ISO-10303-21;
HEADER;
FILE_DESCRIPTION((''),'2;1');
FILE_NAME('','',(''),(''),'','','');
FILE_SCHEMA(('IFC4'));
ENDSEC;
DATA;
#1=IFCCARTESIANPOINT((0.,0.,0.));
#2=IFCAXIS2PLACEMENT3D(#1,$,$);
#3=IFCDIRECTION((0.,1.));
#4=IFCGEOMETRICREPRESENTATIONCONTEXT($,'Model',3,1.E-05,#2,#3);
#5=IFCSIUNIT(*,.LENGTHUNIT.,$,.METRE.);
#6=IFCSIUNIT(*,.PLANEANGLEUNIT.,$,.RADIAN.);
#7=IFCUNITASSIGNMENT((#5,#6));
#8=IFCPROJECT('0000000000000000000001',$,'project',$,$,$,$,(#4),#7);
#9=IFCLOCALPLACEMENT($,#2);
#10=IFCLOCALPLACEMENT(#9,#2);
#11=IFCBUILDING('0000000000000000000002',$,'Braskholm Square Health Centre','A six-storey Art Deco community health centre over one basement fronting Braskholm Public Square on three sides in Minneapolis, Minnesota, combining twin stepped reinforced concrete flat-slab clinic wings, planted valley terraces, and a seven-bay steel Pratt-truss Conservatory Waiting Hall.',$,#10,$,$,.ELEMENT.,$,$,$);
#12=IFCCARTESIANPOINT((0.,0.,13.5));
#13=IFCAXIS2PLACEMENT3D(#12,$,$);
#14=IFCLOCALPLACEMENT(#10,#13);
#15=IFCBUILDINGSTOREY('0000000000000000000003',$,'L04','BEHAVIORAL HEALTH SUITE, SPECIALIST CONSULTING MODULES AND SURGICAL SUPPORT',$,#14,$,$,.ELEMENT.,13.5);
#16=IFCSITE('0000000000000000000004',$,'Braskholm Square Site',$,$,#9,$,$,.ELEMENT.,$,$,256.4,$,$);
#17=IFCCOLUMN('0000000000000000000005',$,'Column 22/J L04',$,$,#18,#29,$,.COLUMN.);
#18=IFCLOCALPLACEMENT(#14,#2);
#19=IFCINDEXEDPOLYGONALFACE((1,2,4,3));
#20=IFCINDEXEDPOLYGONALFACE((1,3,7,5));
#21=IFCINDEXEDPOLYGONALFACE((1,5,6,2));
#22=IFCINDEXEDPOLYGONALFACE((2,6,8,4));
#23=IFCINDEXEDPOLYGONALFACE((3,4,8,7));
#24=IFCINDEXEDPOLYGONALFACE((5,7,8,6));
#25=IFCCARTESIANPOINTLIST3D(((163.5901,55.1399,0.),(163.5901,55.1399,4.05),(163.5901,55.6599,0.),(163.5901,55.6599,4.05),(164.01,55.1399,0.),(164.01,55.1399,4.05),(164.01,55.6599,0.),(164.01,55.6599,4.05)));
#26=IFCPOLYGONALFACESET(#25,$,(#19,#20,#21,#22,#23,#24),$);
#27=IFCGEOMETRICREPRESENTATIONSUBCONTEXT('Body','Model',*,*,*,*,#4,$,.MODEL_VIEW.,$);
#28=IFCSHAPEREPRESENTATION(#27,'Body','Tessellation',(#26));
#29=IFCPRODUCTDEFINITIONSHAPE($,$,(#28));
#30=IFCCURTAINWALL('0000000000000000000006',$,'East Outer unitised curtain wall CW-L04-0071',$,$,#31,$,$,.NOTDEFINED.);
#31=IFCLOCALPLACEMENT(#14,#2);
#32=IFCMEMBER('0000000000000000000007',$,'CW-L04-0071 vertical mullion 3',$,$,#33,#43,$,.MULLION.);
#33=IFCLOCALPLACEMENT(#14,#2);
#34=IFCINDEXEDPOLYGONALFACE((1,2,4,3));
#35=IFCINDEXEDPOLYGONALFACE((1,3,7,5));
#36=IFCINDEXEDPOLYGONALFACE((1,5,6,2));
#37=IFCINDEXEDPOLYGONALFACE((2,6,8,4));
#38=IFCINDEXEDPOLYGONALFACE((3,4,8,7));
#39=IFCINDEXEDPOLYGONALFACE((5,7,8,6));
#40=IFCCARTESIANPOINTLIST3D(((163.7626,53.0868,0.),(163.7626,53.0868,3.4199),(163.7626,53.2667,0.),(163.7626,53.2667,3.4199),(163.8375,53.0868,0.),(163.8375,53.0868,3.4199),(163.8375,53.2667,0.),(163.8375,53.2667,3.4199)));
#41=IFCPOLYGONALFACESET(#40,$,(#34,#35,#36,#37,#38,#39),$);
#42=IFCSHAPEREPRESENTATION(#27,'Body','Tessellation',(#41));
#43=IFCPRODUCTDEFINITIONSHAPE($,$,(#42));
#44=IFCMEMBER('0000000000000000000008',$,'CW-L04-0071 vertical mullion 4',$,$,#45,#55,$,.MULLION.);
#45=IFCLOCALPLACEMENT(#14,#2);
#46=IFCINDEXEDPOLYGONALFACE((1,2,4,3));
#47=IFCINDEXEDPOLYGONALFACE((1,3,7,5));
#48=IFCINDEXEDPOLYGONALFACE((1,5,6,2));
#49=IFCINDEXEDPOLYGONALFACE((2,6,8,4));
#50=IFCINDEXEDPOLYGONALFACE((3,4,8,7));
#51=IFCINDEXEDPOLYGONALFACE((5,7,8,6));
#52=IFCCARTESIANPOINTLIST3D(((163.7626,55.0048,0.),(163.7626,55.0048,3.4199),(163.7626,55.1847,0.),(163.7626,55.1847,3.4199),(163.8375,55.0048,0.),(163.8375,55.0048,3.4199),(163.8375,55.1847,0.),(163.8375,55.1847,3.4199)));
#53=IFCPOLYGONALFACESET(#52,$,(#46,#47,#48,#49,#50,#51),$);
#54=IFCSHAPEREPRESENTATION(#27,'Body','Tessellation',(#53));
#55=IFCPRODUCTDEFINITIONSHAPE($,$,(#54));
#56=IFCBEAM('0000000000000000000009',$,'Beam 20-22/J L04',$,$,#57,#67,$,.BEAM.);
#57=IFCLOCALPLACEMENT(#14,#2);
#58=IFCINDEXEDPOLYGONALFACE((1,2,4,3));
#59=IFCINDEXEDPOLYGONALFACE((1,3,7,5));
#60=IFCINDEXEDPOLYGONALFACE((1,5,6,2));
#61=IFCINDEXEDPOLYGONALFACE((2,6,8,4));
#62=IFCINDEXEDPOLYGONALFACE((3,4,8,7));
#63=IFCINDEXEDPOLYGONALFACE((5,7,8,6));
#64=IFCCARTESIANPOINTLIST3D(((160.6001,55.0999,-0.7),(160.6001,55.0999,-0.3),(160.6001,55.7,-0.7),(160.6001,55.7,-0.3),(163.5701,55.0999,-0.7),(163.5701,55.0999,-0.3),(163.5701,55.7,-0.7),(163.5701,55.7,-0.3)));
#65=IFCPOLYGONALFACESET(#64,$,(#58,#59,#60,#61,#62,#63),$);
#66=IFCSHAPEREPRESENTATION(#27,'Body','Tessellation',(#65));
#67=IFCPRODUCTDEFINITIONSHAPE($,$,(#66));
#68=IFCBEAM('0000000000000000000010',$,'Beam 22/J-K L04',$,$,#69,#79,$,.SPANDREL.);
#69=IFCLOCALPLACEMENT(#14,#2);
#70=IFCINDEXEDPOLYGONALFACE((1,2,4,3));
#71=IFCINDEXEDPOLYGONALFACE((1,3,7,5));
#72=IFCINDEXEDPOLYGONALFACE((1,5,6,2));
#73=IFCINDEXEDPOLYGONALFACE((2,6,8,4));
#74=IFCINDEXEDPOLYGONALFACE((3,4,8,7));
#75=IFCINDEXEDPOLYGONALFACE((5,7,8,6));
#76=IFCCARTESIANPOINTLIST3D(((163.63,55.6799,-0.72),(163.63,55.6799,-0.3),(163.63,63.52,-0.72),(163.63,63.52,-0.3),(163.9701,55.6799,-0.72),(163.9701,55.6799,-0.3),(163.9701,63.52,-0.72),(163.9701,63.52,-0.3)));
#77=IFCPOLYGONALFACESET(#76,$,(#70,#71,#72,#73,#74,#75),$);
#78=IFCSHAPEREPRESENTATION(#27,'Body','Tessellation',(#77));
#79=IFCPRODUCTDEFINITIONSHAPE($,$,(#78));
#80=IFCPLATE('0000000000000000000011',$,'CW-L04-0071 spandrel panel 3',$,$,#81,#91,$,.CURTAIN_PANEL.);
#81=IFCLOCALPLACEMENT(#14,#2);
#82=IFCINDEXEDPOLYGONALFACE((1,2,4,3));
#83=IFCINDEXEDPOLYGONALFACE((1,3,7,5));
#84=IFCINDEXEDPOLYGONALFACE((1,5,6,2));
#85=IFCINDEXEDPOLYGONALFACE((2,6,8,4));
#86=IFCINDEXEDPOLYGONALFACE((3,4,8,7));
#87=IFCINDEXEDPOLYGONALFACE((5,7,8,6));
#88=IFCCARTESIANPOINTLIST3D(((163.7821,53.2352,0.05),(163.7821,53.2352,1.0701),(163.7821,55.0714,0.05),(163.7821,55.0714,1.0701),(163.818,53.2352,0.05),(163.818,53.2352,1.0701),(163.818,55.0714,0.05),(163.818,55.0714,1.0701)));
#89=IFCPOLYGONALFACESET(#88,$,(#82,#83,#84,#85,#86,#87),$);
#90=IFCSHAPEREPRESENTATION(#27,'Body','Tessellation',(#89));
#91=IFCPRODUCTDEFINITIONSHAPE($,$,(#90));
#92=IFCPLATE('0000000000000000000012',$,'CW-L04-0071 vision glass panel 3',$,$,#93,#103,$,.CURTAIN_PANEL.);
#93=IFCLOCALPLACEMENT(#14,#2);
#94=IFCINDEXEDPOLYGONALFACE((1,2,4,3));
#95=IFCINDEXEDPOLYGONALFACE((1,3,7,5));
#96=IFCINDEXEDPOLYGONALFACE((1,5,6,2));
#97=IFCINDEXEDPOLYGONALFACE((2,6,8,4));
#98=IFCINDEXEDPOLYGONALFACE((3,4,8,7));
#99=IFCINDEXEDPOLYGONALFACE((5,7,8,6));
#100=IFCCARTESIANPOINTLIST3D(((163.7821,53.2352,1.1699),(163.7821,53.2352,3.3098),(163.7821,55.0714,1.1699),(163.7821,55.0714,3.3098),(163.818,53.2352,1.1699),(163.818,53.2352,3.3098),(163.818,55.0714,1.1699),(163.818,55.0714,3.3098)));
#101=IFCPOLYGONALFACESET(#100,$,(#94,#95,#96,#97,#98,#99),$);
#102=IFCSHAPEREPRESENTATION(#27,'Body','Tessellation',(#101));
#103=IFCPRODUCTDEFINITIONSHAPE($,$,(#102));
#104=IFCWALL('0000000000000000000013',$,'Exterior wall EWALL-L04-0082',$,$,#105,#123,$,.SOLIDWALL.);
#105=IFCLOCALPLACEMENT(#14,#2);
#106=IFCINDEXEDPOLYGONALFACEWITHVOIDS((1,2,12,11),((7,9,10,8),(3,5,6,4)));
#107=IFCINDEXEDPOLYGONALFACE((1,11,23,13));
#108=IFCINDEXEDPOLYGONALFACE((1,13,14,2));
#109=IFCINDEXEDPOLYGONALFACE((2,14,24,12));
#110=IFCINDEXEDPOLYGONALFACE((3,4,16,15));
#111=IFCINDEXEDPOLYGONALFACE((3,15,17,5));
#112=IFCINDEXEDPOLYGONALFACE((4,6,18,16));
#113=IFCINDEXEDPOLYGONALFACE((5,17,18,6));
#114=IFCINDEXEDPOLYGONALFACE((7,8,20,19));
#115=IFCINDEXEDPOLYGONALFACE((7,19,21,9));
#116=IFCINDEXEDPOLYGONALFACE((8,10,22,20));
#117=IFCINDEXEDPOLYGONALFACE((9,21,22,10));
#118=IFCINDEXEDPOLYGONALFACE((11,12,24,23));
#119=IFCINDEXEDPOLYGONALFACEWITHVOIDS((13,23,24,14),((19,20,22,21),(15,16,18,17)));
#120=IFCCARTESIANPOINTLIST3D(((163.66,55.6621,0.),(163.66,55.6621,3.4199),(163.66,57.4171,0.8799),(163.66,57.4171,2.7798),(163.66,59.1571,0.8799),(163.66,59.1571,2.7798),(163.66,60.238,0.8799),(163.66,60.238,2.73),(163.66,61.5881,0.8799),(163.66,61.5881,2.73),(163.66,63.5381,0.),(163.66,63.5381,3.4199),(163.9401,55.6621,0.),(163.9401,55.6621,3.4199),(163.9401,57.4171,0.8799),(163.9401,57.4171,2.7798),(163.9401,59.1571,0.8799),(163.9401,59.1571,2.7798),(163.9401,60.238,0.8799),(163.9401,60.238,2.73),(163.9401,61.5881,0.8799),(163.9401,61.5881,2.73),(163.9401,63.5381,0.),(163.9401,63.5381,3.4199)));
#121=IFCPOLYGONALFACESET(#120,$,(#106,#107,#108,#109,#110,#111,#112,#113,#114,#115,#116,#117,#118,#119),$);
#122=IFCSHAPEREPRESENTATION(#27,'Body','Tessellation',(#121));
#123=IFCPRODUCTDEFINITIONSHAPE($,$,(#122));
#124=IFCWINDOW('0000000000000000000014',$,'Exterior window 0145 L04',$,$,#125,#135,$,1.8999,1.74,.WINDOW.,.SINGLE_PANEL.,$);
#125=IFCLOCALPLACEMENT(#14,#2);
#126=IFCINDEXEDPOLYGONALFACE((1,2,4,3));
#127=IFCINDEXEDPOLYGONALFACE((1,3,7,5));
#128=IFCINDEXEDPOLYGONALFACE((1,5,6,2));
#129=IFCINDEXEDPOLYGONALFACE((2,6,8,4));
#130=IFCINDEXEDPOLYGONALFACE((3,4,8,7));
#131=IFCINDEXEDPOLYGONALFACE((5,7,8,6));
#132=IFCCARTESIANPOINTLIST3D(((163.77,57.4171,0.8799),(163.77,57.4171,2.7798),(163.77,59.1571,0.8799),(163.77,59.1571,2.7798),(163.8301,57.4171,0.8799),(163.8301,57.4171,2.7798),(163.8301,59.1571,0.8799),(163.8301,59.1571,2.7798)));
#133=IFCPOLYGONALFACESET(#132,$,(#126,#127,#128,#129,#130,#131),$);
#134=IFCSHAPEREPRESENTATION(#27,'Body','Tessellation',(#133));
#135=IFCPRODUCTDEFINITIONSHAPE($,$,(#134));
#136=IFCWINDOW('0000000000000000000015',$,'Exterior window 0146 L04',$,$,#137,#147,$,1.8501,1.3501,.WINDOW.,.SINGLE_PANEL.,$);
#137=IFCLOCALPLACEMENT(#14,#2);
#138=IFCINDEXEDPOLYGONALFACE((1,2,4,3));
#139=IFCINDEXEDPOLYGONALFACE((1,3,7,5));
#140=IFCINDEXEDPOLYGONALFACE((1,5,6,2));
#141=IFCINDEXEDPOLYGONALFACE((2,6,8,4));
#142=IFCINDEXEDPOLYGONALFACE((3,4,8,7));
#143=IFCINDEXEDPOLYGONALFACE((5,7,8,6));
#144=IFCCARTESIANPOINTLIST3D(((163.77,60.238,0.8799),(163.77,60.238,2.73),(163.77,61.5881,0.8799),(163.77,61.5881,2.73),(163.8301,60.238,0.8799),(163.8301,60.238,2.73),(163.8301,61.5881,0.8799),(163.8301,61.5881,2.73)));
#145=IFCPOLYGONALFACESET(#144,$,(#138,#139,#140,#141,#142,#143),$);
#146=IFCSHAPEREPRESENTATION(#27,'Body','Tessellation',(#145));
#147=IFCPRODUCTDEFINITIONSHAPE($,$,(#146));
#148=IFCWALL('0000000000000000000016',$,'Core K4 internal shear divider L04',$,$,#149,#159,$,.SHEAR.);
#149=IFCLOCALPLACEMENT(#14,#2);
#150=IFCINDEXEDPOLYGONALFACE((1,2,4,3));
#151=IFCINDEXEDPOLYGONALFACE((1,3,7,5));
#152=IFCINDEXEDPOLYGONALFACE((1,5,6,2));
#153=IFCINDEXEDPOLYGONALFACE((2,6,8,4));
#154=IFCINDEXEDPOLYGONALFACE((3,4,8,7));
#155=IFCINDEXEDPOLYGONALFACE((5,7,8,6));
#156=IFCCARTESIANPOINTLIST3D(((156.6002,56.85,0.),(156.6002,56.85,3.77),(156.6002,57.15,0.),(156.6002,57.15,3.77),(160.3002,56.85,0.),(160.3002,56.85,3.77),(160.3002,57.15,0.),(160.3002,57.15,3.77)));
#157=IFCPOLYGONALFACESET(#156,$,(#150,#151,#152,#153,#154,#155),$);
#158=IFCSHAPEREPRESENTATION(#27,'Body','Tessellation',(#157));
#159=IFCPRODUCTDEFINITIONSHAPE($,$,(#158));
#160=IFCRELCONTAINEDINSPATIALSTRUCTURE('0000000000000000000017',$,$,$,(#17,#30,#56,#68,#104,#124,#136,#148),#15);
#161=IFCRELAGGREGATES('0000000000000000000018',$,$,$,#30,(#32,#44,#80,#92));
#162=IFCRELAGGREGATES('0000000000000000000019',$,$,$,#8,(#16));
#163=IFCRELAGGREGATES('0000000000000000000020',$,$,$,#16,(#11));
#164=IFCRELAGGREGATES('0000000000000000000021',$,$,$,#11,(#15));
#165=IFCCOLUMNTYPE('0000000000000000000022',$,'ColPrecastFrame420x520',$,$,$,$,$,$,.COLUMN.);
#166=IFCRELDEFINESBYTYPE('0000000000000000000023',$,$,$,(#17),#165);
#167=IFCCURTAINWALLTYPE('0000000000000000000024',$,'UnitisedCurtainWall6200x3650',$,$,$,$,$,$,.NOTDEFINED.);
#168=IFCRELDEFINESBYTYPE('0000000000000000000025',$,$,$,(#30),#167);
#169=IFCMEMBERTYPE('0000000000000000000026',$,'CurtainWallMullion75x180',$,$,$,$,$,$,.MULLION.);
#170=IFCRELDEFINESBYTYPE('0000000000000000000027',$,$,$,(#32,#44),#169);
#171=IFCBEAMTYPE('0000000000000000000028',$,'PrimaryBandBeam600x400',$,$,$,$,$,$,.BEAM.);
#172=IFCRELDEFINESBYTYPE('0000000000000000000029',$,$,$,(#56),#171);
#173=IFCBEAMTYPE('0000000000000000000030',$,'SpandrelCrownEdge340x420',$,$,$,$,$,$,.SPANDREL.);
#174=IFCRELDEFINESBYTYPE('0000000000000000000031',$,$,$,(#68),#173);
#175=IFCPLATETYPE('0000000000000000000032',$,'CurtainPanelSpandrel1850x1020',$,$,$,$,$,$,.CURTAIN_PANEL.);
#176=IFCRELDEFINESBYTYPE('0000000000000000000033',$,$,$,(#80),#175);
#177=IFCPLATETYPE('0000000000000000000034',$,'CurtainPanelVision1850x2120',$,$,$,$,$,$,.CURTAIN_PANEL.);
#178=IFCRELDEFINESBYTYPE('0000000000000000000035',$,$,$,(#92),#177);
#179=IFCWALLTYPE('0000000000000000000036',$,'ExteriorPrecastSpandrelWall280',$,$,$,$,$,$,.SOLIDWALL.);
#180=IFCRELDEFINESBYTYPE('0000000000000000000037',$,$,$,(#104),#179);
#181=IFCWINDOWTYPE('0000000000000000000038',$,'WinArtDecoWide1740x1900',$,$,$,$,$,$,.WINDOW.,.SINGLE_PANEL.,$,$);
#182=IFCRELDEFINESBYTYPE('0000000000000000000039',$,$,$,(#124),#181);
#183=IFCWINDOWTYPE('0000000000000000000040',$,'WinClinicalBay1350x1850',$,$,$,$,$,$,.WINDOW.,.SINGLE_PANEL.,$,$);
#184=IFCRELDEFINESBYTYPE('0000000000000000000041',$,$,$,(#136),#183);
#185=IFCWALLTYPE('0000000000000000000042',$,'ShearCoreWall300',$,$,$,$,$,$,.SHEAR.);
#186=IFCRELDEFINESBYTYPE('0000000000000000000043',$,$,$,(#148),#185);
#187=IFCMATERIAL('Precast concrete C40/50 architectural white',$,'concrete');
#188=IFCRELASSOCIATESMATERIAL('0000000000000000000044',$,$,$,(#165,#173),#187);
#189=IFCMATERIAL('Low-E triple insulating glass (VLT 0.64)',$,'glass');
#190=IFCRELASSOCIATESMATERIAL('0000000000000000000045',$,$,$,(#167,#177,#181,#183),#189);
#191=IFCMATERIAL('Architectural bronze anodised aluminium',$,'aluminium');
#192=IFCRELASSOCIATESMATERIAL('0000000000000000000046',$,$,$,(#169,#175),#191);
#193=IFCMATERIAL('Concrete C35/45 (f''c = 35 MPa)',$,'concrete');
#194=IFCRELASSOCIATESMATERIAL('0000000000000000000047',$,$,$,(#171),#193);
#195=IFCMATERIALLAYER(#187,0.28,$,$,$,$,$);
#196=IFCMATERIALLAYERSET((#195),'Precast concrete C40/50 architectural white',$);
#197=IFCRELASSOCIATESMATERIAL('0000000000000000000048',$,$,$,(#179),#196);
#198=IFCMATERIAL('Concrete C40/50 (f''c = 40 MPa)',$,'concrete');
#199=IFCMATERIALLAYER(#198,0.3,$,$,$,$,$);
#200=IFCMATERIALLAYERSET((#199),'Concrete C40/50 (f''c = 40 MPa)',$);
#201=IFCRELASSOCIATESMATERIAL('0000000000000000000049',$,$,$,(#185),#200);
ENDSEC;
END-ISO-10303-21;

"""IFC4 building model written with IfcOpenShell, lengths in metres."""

from ifc_helpers import new_model, si_unit, direction, frame, frame_2d, origin, origin_with_axes, origin_2d, place, context, subcontext, project, spatial, rectangle, extrude, material, layer, layer_set, material_profile, profile_set, type_object, element, fill, aggregate, save


model = new_model("IFC4")

# Units and contexts
model_context = context("Model", 3, precision=1e-05, world=origin(), true_north=direction((0.0, 1.0)))
body_context = subcontext(model_context, "Body", "Model", "MODEL_VIEW")
ifc_project = project(units=[si_unit("LENGTHUNIT", "METRE"), si_unit("PLANEANGLEUNIT", "RADIAN")], contexts=[model_context])

# Site, building, storey
site_placement = place(None, origin())
site = spatial("IfcSite", under=ifc_project, at=site_placement, Name="Braskholm Square Site", CompositionType="ELEMENT", RefElevation=256.4)
building_placement = place(site_placement, origin())
building = spatial("IfcBuilding", under=site, at=building_placement, Name="Braskholm Square Health Centre", Description="A six-storey Art Deco community health centre over one basement fronting Braskholm Public Square on three sides in Minneapolis, Minnesota, combining twin stepped reinforced concrete flat-slab clinic wings, planted valley terraces, and a seven-bay steel Pratt-truss Conservatory Waiting Hall.", CompositionType="ELEMENT")
storey_placement = place(building_placement, frame((0.0, 0.0, 13.5)))
storey = spatial("IfcBuildingStorey", under=building, at=storey_placement, Name="L04", Description="BEHAVIORAL HEALTH SUITE, SPECIALIST CONSULTING MODULES AND SURGICAL SUPPORT", CompositionType="ELEMENT", Elevation=13.5)

# Column
ifc_material_1 = material(Name="Precast concrete C40/50 architectural white", Category="concrete")
ifc_material_profile_1 = material_profile(ifc_material_1, rectangle(XDim=0.4199, YDim=0.52, at=origin_2d()), Name="RC-420X520")
ifc_profile_set_1 = profile_set([ifc_material_profile_1], Name="Precast concrete C40/50 architectural white")
column_type = type_object("IfcColumnType", Name="ColPrecastFrame420x520", PredefinedType="COLUMN", material=ifc_profile_set_1)
column_placement = place(storey_placement, frame((163.8, 55.3999, 0.0), z_axis=(0.0, 0.0, 1.0), x_axis=(1.0, 0.0, 0.0)))
element("IfcColumn", 1, at=column_placement, inside=storey, type_object=column_type, Name="Column 22/J L04", PredefinedType="COLUMN", context=body_context, shape_type="SweptSolid", body=[
    extrude(rectangle(XDim=0.4199, YDim=0.52, at=origin_2d()), origin(), (0.0, 0.0, 1.0), 4.05),
])

# Curtain wall, members
ifc_material_2 = material(Name="Low-E triple insulating glass (VLT 0.64)", Category="glass")
curtain_wall_type = type_object("IfcCurtainWallType", Name="UnitisedCurtainWall6200x3650", PredefinedType="NOTDEFINED", material=ifc_material_2)
curtain_wall_placement = place(storey_placement, origin())
curtain_wall = element("IfcCurtainWall", 2, at=curtain_wall_placement, inside=storey, type_object=curtain_wall_type, Name="East Outer unitised curtain wall CW-L04-0071", PredefinedType="NOTDEFINED")
ifc_material_3 = material(Name="Architectural bronze anodised aluminium", Category="aluminium")
ifc_material_profile_2 = material_profile(ifc_material_3, rectangle(XDim=0.075, YDim=0.1799, at=origin_2d()), Name="ALU-75X180")
ifc_profile_set_2 = profile_set([ifc_material_profile_2], Name="Architectural bronze anodised aluminium")
member_type = type_object("IfcMemberType", Name="CurtainWallMullion75x180", PredefinedType="MULLION", material=ifc_profile_set_2)
member_1_placement = place(storey_placement, frame((163.8, 53.1768, 0.0), z_axis=(0.0, 0.0, 1.0), x_axis=(1.0, 0.0, 0.0)))
member_1 = element("IfcMember", 3, at=member_1_placement, type_object=member_type, Name="CW-L04-0071 vertical mullion 3", PredefinedType="MULLION", context=body_context, shape_type="SweptSolid", body=[
    extrude(rectangle(XDim=0.075, YDim=0.1799, at=origin_2d()), origin(), (0.0, 0.0, 1.0), 3.4199),
])
member_2_placement = place(storey_placement, frame((163.8, 55.0947, 0.0), z_axis=(0.0, 0.0, 1.0), x_axis=(1.0, 0.0, 0.0)))
member_2 = element("IfcMember", 4, at=member_2_placement, type_object=member_type, Name="CW-L04-0071 vertical mullion 4", PredefinedType="MULLION", context=body_context, shape_type="SweptSolid", body=[
    extrude(rectangle(XDim=0.075, YDim=0.1799, at=origin_2d()), origin(), (0.0, 0.0, 1.0), 3.4199),
])

# Beams
ifc_material_4 = material(Name="Concrete C35/45 (f'c = 35 MPa)", Category="concrete")
ifc_material_profile_3 = material_profile(ifc_material_4, rectangle(XDim=0.6001, YDim=0.3999, at=origin_2d()), Name="RCB-600X400")
ifc_profile_set_3 = profile_set([ifc_material_profile_3], Name="Concrete C35/45 (f'c = 35 MPa)")
beam_type_1 = type_object("IfcBeamType", Name="PrimaryBandBeam600x400", PredefinedType="BEAM", material=ifc_profile_set_3)
beam_1_placement = place(storey_placement, frame((160.6001, 55.3999, -0.5), z_axis=(1.0, 0.0, 0.0), x_axis=(0.0, 1.0, 0.0)))
element("IfcBeam", 5, at=beam_1_placement, inside=storey, type_object=beam_type_1, Name="Beam 20-22/J L04", PredefinedType="BEAM", context=body_context, shape_type="SweptSolid", body=[
    extrude(rectangle(XDim=0.6001, YDim=0.3999, at=origin_2d()), origin(), (0.0, 0.0, 1.0), 2.97),
])
ifc_material_profile_4 = material_profile(ifc_material_1, rectangle(XDim=0.3401, YDim=0.4199, at=origin_2d()), Name="RCB-340X420")
ifc_profile_set_4 = profile_set([ifc_material_profile_4], Name="Precast concrete C40/50 architectural white")
beam_type_2 = type_object("IfcBeamType", Name="SpandrelCrownEdge340x420", PredefinedType="SPANDREL", material=ifc_profile_set_4)
beam_2_placement = place(storey_placement, frame((163.8, 55.6799, -0.51), z_axis=(0.0, 1.0, 0.0), x_axis=(-1.0, 0.0, 0.0)))
element("IfcBeam", 6, at=beam_2_placement, inside=storey, type_object=beam_type_2, Name="Beam 22/J-K L04", PredefinedType="SPANDREL", context=body_context, shape_type="SweptSolid", body=[
    extrude(rectangle(XDim=0.3401, YDim=0.4199, at=origin_2d()), origin(), (0.0, 0.0, 1.0), 7.8401),
])

# Plates
plate_type_1 = type_object("IfcPlateType", Name="CurtainPanelSpandrel1850x1020", PredefinedType="CURTAIN_PANEL", material=ifc_material_3)
plate_1_placement = place(storey_placement, frame((163.8, 54.1533, 0.05), z_axis=(0.0, 0.0, 1.0), x_axis=(0.0, 1.0, 0.0)))
plate_1 = element("IfcPlate", 7, at=plate_1_placement, type_object=plate_type_1, Name="CW-L04-0071 spandrel panel 3", PredefinedType="CURTAIN_PANEL", context=body_context, shape_type="SweptSolid", body=[
    extrude(rectangle(XDim=1.8362, YDim=0.0359, at=origin_2d()), origin(), (0.0, 0.0, 1.0), 1.02),
])
plate_type_2 = type_object("IfcPlateType", Name="CurtainPanelVision1850x2120", PredefinedType="CURTAIN_PANEL", material=ifc_material_2)
plate_2_placement = place(storey_placement, frame((163.8, 54.1533, 1.1699), z_axis=(0.0, 0.0, 1.0), x_axis=(0.0, 1.0, 0.0)))
plate_2 = element("IfcPlate", 8, at=plate_2_placement, type_object=plate_type_2, Name="CW-L04-0071 vision glass panel 3", PredefinedType="CURTAIN_PANEL", context=body_context, shape_type="SweptSolid", body=[
    extrude(rectangle(XDim=1.8362, YDim=0.0359, at=origin_2d()), origin(), (0.0, 0.0, 1.0), 2.1399),
])
aggregate(curtain_wall, [member_1, member_2, plate_1, plate_2])

# Wall, openings, windows
ifc_layer_1 = layer(ifc_material_1, 0.28)
ifc_layer_set_1 = layer_set([ifc_layer_1], Name="Precast concrete C40/50 architectural white")
wall_type_1 = type_object("IfcWallType", Name="ExteriorPrecastSpandrelWall280", PredefinedType="SOLIDWALL", material=ifc_layer_set_1)
wall_1_placement = place(storey_placement, frame((163.8, 55.6621, 0.0), z_axis=(0.0, 0.0, 1.0), x_axis=(0.0, 1.0, 0.0)))
wall_1 = element("IfcWall", 9, at=wall_1_placement, inside=storey, type_object=wall_type_1, Name="Exterior wall EWALL-L04-0082", PredefinedType="SOLIDWALL", context=body_context, shape_type="SweptSolid", body=[
    extrude(rectangle(XDim=7.876, YDim=0.28, at=frame_2d((3.938, 0.0))), origin(), (0.0, 0.0, 1.0), 3.4199),
])
opening_1_placement = place(wall_1_placement, frame((1.7549, 0.0, 0.8799)))
opening_1 = element("IfcOpeningElement", 10, at=opening_1_placement, cuts=wall_1, PredefinedType="OPENING", context=body_context, shape_type="SweptSolid", body=[
    extrude(rectangle(XDim=1.74, YDim=1.8999, at=frame_2d((0.8701, 0.95))), frame((0.0, 0.1499, 0.0), z_axis=(0.0, -1.0, 0.0), x_axis=(1.0, 0.0, 0.0)), (0.0, 0.0, 1.0), 0.3),
])
opening_2_placement = place(wall_1_placement, frame((4.5759, 0.0, 0.8799)))
opening_2 = element("IfcOpeningElement", 11, at=opening_2_placement, cuts=wall_1, PredefinedType="OPENING", context=body_context, shape_type="SweptSolid", body=[
    extrude(rectangle(XDim=1.3501, YDim=1.8501, at=frame_2d((0.675, 0.925))), frame((0.0, 0.1499, 0.0), z_axis=(0.0, -1.0, 0.0), x_axis=(1.0, 0.0, 0.0)), (0.0, 0.0, 1.0), 0.3),
])
window_type_1 = type_object("IfcWindowType", Name="WinArtDecoWide1740x1900", PartitioningType="SINGLE_PANEL", PredefinedType="WINDOW", material=ifc_material_2)
window_1_placement = place(opening_1_placement, origin_with_axes())
window_1 = element("IfcWindow", 12, at=window_1_placement, inside=storey, type_object=window_type_1, Name="Exterior window 0145 L04", OverallHeight=1.8999, OverallWidth=1.74, PartitioningType="SINGLE_PANEL", PredefinedType="WINDOW", context=body_context, shape_type="SweptSolid", body=[
    extrude(rectangle(XDim=1.74, YDim=1.8999, at=frame_2d((0.8701, 0.95))), frame((0.0, 0.03, 0.0), z_axis=(0.0, -1.0, 0.0), x_axis=(1.0, 0.0, 0.0)), (0.0, 0.0, 1.0), 0.0601),
])
fill(opening_1, window_1)
window_type_2 = type_object("IfcWindowType", Name="WinClinicalBay1350x1850", PartitioningType="SINGLE_PANEL", PredefinedType="WINDOW", material=ifc_material_2)
window_2_placement = place(opening_2_placement, origin_with_axes())
window_2 = element("IfcWindow", 13, at=window_2_placement, inside=storey, type_object=window_type_2, Name="Exterior window 0146 L04", OverallHeight=1.8501, OverallWidth=1.3501, PartitioningType="SINGLE_PANEL", PredefinedType="WINDOW", context=body_context, shape_type="SweptSolid", body=[
    extrude(rectangle(XDim=1.3501, YDim=1.8501, at=frame_2d((0.675, 0.925))), frame((0.0, 0.03, 0.0), z_axis=(0.0, -1.0, 0.0), x_axis=(1.0, 0.0, 0.0)), (0.0, 0.0, 1.0), 0.0601),
])
fill(opening_2, window_2)

# Wall
ifc_material_5 = material(Name="Concrete C40/50 (f'c = 40 MPa)", Category="concrete")
ifc_layer_2 = layer(ifc_material_5, 0.3)
ifc_layer_set_2 = layer_set([ifc_layer_2], Name="Concrete C40/50 (f'c = 40 MPa)")
wall_type_2 = type_object("IfcWallType", Name="ShearCoreWall300", PredefinedType="SHEAR", material=ifc_layer_set_2)
wall_2_placement = place(storey_placement, frame((156.6001, 57.0, 0.0), z_axis=(0.0, 0.0, 1.0), x_axis=(1.0, 0.0, 0.0)))
element("IfcWall", 14, at=wall_2_placement, inside=storey, type_object=wall_type_2, Name="Core K4 internal shear divider L04", PredefinedType="SHEAR", context=body_context, shape_type="SweptSolid", body=[
    extrude(rectangle(XDim=3.7, YDim=0.3, at=frame_2d((1.8501, 0.0))), origin(), (0.0, 0.0, 1.0), 3.77),
])

save(model, "model.ifc")
